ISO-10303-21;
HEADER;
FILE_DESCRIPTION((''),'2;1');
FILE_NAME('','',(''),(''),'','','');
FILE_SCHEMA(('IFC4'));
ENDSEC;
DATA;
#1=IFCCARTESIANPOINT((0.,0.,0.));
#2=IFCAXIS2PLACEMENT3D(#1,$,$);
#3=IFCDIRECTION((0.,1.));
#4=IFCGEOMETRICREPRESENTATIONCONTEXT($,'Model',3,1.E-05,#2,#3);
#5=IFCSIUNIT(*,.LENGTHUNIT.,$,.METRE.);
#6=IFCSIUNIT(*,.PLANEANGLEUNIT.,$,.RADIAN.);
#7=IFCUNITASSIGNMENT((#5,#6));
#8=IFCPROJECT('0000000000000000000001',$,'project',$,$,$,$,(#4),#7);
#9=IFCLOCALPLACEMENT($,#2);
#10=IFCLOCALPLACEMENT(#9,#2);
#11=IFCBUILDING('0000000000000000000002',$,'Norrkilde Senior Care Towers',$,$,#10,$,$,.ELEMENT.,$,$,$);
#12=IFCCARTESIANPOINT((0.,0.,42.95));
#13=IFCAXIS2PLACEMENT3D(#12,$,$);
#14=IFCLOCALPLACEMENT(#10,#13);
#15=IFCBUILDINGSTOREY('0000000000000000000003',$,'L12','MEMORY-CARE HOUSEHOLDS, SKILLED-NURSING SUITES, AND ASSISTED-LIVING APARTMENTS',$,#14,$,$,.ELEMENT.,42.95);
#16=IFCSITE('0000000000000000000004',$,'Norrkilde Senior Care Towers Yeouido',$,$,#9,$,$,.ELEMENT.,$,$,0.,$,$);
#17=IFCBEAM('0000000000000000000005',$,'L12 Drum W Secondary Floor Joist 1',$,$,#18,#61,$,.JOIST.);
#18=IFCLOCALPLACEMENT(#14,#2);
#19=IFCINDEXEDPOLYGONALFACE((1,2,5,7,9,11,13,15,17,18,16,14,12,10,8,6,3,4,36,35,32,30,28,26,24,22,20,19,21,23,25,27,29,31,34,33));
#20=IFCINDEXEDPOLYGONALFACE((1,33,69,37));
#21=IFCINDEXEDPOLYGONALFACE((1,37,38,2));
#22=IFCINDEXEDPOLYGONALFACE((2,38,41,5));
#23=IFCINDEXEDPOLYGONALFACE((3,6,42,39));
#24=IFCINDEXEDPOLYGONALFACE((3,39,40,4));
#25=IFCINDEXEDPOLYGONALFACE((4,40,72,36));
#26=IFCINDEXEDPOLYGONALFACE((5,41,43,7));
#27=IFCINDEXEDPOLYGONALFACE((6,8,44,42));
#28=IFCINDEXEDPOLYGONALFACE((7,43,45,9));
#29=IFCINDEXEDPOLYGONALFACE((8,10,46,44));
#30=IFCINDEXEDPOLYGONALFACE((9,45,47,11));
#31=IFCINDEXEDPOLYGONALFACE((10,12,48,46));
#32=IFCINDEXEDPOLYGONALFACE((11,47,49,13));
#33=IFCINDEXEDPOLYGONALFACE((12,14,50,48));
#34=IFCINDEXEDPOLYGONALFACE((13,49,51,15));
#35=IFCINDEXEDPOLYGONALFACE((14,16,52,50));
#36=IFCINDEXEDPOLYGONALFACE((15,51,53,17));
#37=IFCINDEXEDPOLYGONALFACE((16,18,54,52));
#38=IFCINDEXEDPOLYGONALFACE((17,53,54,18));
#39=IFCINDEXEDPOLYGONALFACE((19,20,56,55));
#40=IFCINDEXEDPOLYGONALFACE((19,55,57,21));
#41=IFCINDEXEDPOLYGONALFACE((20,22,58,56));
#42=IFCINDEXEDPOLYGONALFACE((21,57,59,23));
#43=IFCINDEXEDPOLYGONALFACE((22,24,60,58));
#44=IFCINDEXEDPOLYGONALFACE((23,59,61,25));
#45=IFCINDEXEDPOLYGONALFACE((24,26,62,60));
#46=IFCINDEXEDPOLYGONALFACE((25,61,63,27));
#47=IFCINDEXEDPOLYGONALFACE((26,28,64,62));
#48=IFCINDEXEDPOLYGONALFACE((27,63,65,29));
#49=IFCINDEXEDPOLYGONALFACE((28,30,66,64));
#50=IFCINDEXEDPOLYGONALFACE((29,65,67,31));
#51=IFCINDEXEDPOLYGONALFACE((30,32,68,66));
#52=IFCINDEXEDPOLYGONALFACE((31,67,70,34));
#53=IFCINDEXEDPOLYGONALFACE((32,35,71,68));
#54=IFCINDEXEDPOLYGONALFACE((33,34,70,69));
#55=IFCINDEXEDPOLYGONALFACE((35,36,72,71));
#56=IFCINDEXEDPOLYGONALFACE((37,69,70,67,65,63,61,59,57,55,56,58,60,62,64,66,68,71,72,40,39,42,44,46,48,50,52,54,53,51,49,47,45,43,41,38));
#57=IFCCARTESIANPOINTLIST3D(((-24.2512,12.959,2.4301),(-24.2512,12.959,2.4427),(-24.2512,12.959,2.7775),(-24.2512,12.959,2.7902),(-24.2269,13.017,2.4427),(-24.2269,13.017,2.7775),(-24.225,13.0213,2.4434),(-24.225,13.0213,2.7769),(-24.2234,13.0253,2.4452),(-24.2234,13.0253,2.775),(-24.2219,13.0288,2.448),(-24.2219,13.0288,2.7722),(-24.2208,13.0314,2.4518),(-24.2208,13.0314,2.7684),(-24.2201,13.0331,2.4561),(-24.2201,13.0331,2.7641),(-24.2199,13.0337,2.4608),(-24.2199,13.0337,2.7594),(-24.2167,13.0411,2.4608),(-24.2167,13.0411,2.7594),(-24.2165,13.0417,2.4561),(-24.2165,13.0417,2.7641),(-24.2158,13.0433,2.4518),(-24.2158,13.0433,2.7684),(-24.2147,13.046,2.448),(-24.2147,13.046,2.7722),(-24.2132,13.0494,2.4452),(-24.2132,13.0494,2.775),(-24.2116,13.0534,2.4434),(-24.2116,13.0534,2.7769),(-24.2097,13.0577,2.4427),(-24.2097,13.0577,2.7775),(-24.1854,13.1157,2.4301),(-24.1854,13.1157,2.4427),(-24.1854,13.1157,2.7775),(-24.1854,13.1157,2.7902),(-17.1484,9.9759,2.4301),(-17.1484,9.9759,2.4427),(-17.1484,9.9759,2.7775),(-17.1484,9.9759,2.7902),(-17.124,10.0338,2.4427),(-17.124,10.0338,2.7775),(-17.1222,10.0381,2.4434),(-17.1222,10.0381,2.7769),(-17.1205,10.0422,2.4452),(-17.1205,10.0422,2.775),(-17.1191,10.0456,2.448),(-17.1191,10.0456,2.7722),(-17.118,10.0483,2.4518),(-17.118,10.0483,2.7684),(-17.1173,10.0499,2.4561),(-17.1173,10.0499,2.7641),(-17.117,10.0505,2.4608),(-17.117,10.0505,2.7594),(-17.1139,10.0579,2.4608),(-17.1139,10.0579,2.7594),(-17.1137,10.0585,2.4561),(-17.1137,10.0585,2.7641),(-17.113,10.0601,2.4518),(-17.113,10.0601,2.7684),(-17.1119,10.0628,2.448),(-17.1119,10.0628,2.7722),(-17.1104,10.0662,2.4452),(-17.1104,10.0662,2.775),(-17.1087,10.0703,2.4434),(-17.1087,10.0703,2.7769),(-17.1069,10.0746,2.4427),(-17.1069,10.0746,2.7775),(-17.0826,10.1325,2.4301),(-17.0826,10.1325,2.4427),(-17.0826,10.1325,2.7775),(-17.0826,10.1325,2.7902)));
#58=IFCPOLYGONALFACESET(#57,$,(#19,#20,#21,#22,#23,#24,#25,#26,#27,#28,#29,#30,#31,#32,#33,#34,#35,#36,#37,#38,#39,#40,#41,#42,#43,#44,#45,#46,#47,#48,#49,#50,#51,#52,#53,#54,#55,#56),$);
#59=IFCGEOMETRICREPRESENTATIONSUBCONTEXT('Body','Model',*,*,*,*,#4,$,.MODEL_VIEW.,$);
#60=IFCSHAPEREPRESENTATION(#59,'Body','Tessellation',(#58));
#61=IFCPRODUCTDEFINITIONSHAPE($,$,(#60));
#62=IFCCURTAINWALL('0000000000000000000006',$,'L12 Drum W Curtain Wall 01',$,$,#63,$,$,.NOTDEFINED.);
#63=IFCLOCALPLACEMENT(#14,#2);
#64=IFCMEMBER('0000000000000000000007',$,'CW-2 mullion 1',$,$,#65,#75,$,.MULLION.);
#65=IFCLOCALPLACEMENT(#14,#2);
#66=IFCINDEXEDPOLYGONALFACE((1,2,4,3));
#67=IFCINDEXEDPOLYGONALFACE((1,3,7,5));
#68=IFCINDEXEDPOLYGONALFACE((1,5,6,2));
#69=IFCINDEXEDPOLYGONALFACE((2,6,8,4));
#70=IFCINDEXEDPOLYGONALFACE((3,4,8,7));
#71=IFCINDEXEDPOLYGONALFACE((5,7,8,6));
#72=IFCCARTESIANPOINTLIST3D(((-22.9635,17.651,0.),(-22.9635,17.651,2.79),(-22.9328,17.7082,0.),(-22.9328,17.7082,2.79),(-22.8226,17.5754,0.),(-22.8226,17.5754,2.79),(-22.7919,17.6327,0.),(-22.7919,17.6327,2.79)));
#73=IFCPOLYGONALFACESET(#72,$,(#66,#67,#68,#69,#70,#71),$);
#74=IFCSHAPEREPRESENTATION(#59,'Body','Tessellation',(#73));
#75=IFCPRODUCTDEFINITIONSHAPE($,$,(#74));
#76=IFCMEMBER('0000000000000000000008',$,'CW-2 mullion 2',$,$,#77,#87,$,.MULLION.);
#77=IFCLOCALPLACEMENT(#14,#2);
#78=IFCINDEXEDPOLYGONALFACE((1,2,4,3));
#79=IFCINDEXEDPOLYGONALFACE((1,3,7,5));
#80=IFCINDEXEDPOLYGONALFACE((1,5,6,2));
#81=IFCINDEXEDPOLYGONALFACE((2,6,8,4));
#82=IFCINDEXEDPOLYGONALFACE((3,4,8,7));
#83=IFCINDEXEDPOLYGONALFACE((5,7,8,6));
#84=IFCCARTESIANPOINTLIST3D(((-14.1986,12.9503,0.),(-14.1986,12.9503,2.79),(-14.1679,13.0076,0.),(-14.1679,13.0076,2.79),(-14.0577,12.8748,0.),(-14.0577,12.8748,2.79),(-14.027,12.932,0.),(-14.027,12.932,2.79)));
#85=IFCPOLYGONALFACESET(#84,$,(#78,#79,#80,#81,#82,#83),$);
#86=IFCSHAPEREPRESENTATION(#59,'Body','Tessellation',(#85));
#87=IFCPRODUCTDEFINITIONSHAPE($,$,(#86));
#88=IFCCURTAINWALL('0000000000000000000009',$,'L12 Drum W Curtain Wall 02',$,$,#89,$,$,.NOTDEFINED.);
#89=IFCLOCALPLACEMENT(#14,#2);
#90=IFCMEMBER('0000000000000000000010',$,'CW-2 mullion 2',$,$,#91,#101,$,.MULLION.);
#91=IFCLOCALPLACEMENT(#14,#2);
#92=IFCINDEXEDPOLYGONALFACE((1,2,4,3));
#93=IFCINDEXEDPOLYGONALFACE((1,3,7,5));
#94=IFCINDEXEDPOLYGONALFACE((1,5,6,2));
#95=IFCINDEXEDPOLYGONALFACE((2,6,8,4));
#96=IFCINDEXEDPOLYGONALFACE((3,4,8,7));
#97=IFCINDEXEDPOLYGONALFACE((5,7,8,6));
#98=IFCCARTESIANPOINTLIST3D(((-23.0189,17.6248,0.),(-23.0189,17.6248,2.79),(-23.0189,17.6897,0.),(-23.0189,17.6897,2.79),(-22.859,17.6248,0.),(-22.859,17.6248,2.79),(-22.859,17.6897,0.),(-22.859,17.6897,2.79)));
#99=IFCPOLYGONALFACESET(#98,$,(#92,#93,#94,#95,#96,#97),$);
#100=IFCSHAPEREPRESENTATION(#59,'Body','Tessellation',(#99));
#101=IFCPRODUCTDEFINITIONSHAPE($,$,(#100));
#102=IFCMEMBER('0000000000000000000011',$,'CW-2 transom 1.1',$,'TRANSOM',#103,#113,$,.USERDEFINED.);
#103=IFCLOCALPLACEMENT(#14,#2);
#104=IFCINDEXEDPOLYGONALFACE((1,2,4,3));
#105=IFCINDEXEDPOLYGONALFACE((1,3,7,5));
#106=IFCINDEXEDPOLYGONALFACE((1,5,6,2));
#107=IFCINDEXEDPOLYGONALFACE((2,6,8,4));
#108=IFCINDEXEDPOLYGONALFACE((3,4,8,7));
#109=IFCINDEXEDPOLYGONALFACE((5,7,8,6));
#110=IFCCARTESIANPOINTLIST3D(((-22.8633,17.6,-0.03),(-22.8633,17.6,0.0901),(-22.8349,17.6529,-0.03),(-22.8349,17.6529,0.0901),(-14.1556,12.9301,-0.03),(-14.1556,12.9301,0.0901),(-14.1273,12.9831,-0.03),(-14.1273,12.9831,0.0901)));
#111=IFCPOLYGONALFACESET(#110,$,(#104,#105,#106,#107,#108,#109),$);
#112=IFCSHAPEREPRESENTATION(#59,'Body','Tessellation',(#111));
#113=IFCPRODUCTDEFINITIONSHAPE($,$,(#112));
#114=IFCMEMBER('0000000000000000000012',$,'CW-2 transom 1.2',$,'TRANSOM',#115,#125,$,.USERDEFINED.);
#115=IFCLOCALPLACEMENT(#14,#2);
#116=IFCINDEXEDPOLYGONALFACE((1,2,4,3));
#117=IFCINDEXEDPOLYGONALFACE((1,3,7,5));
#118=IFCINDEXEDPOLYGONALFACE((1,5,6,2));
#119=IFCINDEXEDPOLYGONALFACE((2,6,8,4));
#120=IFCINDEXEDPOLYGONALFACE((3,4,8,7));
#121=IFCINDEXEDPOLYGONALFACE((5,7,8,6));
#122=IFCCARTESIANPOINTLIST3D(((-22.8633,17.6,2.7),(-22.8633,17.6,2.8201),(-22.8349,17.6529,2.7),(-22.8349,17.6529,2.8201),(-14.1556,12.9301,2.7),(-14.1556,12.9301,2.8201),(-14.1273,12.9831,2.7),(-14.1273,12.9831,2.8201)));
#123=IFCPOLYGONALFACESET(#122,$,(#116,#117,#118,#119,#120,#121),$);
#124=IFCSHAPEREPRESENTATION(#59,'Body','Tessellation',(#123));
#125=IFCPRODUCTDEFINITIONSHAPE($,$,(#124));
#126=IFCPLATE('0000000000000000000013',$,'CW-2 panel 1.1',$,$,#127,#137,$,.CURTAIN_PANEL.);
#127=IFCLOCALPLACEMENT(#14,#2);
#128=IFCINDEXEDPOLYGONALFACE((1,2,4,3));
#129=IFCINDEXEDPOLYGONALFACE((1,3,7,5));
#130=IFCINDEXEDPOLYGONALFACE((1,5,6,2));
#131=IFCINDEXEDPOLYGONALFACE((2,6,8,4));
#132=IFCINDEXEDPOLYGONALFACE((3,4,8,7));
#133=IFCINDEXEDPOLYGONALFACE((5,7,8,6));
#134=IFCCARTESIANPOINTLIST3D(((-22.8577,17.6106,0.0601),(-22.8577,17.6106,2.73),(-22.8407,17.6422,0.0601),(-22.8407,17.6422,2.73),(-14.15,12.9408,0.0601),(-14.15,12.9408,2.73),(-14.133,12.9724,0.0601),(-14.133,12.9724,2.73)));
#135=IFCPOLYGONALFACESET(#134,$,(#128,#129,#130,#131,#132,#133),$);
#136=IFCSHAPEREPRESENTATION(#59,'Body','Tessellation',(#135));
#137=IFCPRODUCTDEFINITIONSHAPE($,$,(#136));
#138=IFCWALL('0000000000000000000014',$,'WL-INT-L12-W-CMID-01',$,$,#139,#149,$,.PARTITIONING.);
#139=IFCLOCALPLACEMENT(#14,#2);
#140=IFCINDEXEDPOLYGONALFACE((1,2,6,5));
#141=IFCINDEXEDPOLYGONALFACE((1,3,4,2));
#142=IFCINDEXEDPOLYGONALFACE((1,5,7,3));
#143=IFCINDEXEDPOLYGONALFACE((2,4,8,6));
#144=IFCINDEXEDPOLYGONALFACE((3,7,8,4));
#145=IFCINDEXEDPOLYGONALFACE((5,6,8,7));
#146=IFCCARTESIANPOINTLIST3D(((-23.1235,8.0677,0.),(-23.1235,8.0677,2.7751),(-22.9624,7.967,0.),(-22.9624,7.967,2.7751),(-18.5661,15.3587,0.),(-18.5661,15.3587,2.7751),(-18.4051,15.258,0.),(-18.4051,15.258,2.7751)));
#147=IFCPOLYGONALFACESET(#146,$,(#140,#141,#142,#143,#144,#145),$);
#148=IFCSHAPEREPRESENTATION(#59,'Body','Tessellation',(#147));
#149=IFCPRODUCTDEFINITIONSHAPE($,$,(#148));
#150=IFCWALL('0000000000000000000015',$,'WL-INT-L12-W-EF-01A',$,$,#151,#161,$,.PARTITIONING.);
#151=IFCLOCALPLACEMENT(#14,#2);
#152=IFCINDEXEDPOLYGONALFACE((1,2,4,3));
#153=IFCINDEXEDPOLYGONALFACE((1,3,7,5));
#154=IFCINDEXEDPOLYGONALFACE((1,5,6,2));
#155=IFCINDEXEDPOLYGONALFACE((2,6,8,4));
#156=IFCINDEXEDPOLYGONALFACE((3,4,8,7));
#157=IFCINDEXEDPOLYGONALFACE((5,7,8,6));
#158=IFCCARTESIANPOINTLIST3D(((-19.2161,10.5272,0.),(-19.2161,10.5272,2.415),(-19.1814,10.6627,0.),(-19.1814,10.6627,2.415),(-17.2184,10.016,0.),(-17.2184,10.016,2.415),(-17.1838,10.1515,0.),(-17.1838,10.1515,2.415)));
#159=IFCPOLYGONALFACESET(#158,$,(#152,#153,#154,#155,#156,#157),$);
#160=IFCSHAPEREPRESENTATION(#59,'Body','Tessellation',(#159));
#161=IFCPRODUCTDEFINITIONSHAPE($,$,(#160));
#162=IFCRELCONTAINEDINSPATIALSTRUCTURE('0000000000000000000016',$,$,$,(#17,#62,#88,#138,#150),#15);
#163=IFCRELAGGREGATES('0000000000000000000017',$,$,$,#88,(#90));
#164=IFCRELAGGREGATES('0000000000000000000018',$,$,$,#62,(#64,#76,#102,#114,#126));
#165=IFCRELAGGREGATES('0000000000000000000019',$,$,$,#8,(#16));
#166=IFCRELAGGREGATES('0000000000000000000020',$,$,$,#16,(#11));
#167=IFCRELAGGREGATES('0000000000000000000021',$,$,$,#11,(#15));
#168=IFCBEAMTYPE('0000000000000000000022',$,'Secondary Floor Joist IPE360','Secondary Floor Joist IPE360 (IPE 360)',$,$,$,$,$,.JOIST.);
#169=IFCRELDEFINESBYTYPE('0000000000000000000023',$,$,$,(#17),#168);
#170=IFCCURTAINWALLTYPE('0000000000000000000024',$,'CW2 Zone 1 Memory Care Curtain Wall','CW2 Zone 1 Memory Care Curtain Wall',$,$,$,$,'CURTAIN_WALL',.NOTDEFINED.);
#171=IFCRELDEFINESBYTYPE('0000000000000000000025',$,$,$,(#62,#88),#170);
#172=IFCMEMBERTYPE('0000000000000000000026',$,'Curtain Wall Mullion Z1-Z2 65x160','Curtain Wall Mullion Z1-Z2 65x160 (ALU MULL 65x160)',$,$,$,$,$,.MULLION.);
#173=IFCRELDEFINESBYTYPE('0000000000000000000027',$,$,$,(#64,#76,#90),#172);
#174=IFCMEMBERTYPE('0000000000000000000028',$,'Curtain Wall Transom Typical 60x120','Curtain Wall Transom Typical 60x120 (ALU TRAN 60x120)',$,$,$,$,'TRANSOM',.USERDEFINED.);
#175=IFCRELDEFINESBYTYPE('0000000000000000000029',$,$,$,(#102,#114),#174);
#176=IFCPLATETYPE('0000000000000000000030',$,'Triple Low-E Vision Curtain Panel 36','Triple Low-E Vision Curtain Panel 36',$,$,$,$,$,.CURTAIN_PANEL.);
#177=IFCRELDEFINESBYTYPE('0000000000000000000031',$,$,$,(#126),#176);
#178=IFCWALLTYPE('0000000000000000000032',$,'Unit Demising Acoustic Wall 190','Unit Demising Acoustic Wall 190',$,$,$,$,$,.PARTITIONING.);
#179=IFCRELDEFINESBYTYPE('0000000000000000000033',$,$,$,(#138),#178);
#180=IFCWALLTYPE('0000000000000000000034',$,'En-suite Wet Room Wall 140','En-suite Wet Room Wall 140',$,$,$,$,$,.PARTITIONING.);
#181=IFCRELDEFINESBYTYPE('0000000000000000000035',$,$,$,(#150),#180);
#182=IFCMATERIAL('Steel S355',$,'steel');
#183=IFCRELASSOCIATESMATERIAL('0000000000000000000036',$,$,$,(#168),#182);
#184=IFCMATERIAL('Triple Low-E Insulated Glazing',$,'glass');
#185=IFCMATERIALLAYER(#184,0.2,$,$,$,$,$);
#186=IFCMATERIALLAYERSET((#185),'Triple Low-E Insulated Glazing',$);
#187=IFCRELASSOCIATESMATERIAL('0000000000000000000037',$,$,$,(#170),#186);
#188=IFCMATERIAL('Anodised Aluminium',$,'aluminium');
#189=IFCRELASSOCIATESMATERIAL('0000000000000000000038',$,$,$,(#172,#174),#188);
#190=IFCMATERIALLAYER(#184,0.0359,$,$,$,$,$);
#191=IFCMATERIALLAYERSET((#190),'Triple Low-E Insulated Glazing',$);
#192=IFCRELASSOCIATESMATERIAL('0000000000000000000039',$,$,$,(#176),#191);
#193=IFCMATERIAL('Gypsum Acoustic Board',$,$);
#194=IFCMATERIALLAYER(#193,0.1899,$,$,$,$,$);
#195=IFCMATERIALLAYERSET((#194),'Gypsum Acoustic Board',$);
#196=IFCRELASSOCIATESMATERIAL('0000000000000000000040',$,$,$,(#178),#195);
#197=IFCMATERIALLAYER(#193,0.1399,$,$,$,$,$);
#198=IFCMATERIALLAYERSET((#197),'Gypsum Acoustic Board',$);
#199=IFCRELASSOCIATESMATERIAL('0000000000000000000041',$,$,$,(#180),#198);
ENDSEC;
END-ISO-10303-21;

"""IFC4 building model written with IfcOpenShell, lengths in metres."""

from ifc_helpers import new_model, si_unit, direction, frame, frame_2d, origin, origin_2d, place, context, subcontext, project, spatial, rectangle, i_section, extrude, source, transform, mapped, material, layer, layer_set, material_profile, profile_set, type_object, type_shapes, element, aggregate, save


model = new_model("IFC4")

# Units and contexts
model_context = context("Model", 3, precision=1e-05, world=origin(), true_north=direction((0.0, 1.0)))
body_context = subcontext(model_context, "Body", "Model", "MODEL_VIEW")
ifc_project = project(units=[si_unit("LENGTHUNIT", "METRE"), si_unit("PLANEANGLEUNIT", "RADIAN")], contexts=[model_context])

# Site, building, storey
site_placement = place(None, origin())
site = spatial("IfcSite", under=ifc_project, at=site_placement, Name="Norrkilde Senior Care Towers Yeouido", CompositionType="ELEMENT", RefElevation=0.0)
building_placement = place(site_placement, origin())
building = spatial("IfcBuilding", under=site, at=building_placement, Name="Norrkilde Senior Care Towers", CompositionType="ELEMENT")
storey_placement = place(building_placement, frame((0.0, 0.0, 42.95)))
storey = spatial("IfcBuildingStorey", under=building, at=storey_placement, Name="L12", Description="MEMORY-CARE HOUSEHOLDS, SKILLED-NURSING SUITES, AND ASSISTED-LIVING APARTMENTS", CompositionType="ELEMENT", Elevation=42.95)

# Beam
ifc_material_1 = material(Name="Steel S355", Category="steel")
ifc_material_profile_1 = material_profile(ifc_material_1, i_section(OverallWidth=0.1699, OverallDepth=0.3601, WebThickness=0.0081, FlangeThickness=0.0127, FilletRadius=0.0181, at=origin_2d()), Name="IPE 360")
ifc_profile_set_1 = profile_set([ifc_material_profile_1], Name="Steel S355")
beam_type_1 = type_object("IfcBeamType", Name="Secondary Floor Joist IPE360", Description="Secondary Floor Joist IPE360 (IPE 360)", PredefinedType="JOIST", material=ifc_profile_set_1)
shared_shape_1 = source(origin(), body_context, "Body", "SweptSolid", [
    extrude(i_section(OverallWidth=0.1699, OverallDepth=0.3601, WebThickness=0.0081, FlangeThickness=0.0127, FilletRadius=0.0181, at=origin_2d()), origin(), (0.0, 0.0, 1.0), 7.7039),
])
type_shapes(beam_type_1, [shared_shape_1])
beam_1_placement = place(storey_placement, frame((-17.1155, 10.0542, 2.6101), z_axis=(-0.921983, 0.387231, 0.0), x_axis=(-0.387231, -0.921983, 0.0)))
element("IfcBeam", 1, at=beam_1_placement, inside=storey, type_object=beam_type_1, Name="L12 Drum W Secondary Floor Joist 1", PredefinedType="JOIST", context=body_context, shape_type="MappedRepresentation", body=[
    mapped(shared_shape_1, transform((0.0, 0.0, 0.0), x_axis=(1.0, 0.0, 0.0), y_axis=(0.0, 1.0, 0.0), z_axis=(0.0, 0.0, 1.0), scale=1.0)),
])

# Curtain wall, members
ifc_material_2 = material(Name="Triple Low-E Insulated Glazing", Category="glass")
ifc_layer_1 = layer(ifc_material_2, 0.2)
ifc_layer_set_1 = layer_set([ifc_layer_1], Name="Triple Low-E Insulated Glazing")
curtain_wall_type = type_object("IfcCurtainWallType", Name="CW2 Zone 1 Memory Care Curtain Wall", Description="CW2 Zone 1 Memory Care Curtain Wall", ElementType="CURTAIN_WALL", PredefinedType="NOTDEFINED", material=ifc_layer_set_1)
curtain_wall_1_placement = place(storey_placement, origin())
curtain_wall_1 = element("IfcCurtainWall", 2, at=curtain_wall_1_placement, inside=storey, type_object=curtain_wall_type, Name="L12 Drum W Curtain Wall 01", PredefinedType="NOTDEFINED")
ifc_material_3 = material(Name="Anodised Aluminium", Category="aluminium")
ifc_material_profile_2 = material_profile(ifc_material_3, rectangle(XDim=0.0649, YDim=0.1599, at=origin_2d()), Name="ALU MULL 65x160")
ifc_profile_set_2 = profile_set([ifc_material_profile_2], Name="Anodised Aluminium")
member_type_1 = type_object("IfcMemberType", Name="Curtain Wall Mullion Z1-Z2 65x160", Description="Curtain Wall Mullion Z1-Z2 65x160 (ALU MULL 65x160)", PredefinedType="MULLION", material=ifc_profile_set_2)
shared_shape_2 = source(origin(), body_context, "Body", "SweptSolid", [
    extrude(rectangle(XDim=0.0649, YDim=0.1599, at=origin_2d()), origin(), (0.0, 0.0, 1.0), 2.79),
])
type_shapes(member_type_1, [shared_shape_2])
member_1_placement = place(storey_placement, frame((-22.8777, 17.6418, 0.0), z_axis=(0.0, 0.0, 1.0), x_axis=(0.472608, 0.881273, 0.0)))
member_1 = element("IfcMember", 3, at=member_1_placement, type_object=member_type_1, Name="CW-2 mullion 1", PredefinedType="MULLION", context=body_context, shape_type="MappedRepresentation", body=[
    mapped(shared_shape_2, transform((0.0, 0.0, 0.0), x_axis=(1.0, 0.0, 0.0), y_axis=(0.0, 1.0, 0.0), z_axis=(0.0, 0.0, 1.0), scale=1.0)),
])
member_2_placement = place(storey_placement, frame((-14.1128, 12.9412, 0.0), z_axis=(0.0, 0.0, 1.0), x_axis=(0.472608, 0.881273, 0.0)))
member_2 = element("IfcMember", 4, at=member_2_placement, type_object=member_type_1, Name="CW-2 mullion 2", PredefinedType="MULLION", context=body_context, shape_type="MappedRepresentation", body=[
    mapped(shared_shape_2, transform((0.0, 0.0, 0.0), x_axis=(1.0, 0.0, 0.0), y_axis=(0.0, 1.0, 0.0), z_axis=(0.0, 0.0, 1.0), scale=1.0)),
])

# Curtain wall, member
curtain_wall_2_placement = place(storey_placement, origin())
curtain_wall_2 = element("IfcCurtainWall", 5, at=curtain_wall_2_placement, inside=storey, type_object=curtain_wall_type, Name="L12 Drum W Curtain Wall 02", PredefinedType="NOTDEFINED")
member_3_placement = place(storey_placement, frame((-22.939, 17.6572, 0.0), z_axis=(0.0, 0.0, 1.0), x_axis=(0.0, 1.0, 0.0)))
member_3 = element("IfcMember", 6, at=member_3_placement, type_object=member_type_1, Name="CW-2 mullion 2", PredefinedType="MULLION", context=body_context, shape_type="MappedRepresentation", body=[
    mapped(shared_shape_2, transform((0.0, 0.0, 0.0), x_axis=(1.0, 0.0, 0.0), y_axis=(0.0, 1.0, 0.0), z_axis=(0.0, 0.0, 1.0), scale=1.0)),
])
aggregate(curtain_wall_2, [member_3])

# Members
ifc_material_profile_3 = material_profile(ifc_material_3, rectangle(XDim=0.0601, YDim=0.1201, at=origin_2d()), Name="ALU TRAN 60x120")
ifc_profile_set_3 = profile_set([ifc_material_profile_3], Name="Anodised Aluminium")
member_type_2 = type_object("IfcMemberType", Name="Curtain Wall Transom Typical 60x120", Description="Curtain Wall Transom Typical 60x120 (ALU TRAN 60x120)", ElementType="TRANSOM", PredefinedType="USERDEFINED", material=ifc_profile_set_3)
shared_shape_3 = source(origin(), body_context, "Body", "SweptSolid", [
    extrude(rectangle(XDim=0.0601, YDim=0.1201, at=origin_2d()), origin(), (0.0, 0.0, 1.0), 9.8809),
])
type_shapes(member_type_2, [shared_shape_3])
member_4_placement = place(storey_placement, frame((-22.8491, 17.6265, 0.03), z_axis=(0.881267, -0.472618, 0.0), x_axis=(0.472618, 0.881267, 0.0)))
member_4 = element("IfcMember", 7, at=member_4_placement, type_object=member_type_2, Name="CW-2 transom 1.1", ObjectType="TRANSOM", PredefinedType="USERDEFINED", context=body_context, shape_type="MappedRepresentation", body=[
    mapped(shared_shape_3, transform((0.0, 0.0, 0.0), x_axis=(1.0, 0.0, 0.0), y_axis=(0.0, 1.0, 0.0), z_axis=(0.0, 0.0, 1.0), scale=1.0)),
])
member_5_placement = place(storey_placement, frame((-22.8491, 17.6265, 2.76), z_axis=(0.881267, -0.472618, 0.0), x_axis=(0.472618, 0.881267, 0.0)))
member_5 = element("IfcMember", 8, at=member_5_placement, type_object=member_type_2, Name="CW-2 transom 1.2", ObjectType="TRANSOM", PredefinedType="USERDEFINED", context=body_context, shape_type="MappedRepresentation", body=[
    mapped(shared_shape_3, transform((0.0, 0.0, 0.0), x_axis=(1.0, 0.0, 0.0), y_axis=(0.0, 1.0, 0.0), z_axis=(0.0, 0.0, 1.0), scale=1.0)),
])

# Plate
ifc_layer_2 = layer(ifc_material_2, 0.0359)
ifc_layer_set_2 = layer_set([ifc_layer_2], Name="Triple Low-E Insulated Glazing")
plate_type = type_object("IfcPlateType", Name="Triple Low-E Vision Curtain Panel 36", Description="Triple Low-E Vision Curtain Panel 36", PredefinedType="CURTAIN_PANEL", material=ifc_layer_set_2)
shared_shape_4 = source(origin(), body_context, "Body", "SweptSolid", [
    extrude(rectangle(XDim=9.8809, YDim=0.0359, at=origin_2d()), origin(), (0.0, 0.0, 1.0), 2.6699),
])
type_shapes(plate_type, [shared_shape_4])
plate_placement = place(storey_placement, frame((-18.4954, 15.2915, 0.0601), z_axis=(0.0, 0.0, 1.0), x_axis=(0.881273, -0.472608, 0.0)))
plate = element("IfcPlate", 9, at=plate_placement, type_object=plate_type, Name="CW-2 panel 1.1", PredefinedType="CURTAIN_PANEL", context=body_context, shape_type="MappedRepresentation", body=[
    mapped(shared_shape_4, transform((0.0, 0.0, 0.0), x_axis=(1.0, 0.0, 0.0), y_axis=(0.0, 1.0, 0.0), z_axis=(0.0, 0.0, 1.0), scale=1.0)),
])
aggregate(curtain_wall_1, [member_1, member_2, member_4, member_5, plate])

# Walls
ifc_material_4 = material(Name="Gypsum Acoustic Board")
ifc_layer_3 = layer(ifc_material_4, 0.1899)
ifc_layer_set_3 = layer_set([ifc_layer_3], Name="Gypsum Acoustic Board")
wall_type_1 = type_object("IfcWallType", Name="Unit Demising Acoustic Wall 190", Description="Unit Demising Acoustic Wall 190", PredefinedType="PARTITIONING", material=ifc_layer_set_3)
shared_shape_5 = source(origin(), body_context, "Body", "SweptSolid", [
    extrude(rectangle(XDim=8.5981, YDim=0.1899, at=frame_2d((4.2991, 0.0))), origin(), (0.0, 0.0, 1.0), 2.7751),
])
type_shapes(wall_type_1, [shared_shape_5])
wall_1_placement = place(storey_placement, frame((-23.043, 8.0173, 0.0), z_axis=(0.0, 0.0, 1.0), x_axis=(0.53004, 0.847973, 0.0)))
element("IfcWall", 10, at=wall_1_placement, inside=storey, type_object=wall_type_1, Name="WL-INT-L12-W-CMID-01", PredefinedType="PARTITIONING", context=body_context, shape_type="MappedRepresentation", body=[
    mapped(shared_shape_5, transform((0.0, 0.0, 0.0), x_axis=(1.0, 0.0, 0.0), y_axis=(0.0, 1.0, 0.0), z_axis=(0.0, 0.0, 1.0), scale=1.0)),
])
ifc_layer_4 = layer(ifc_material_4, 0.1399)
ifc_layer_set_4 = layer_set([ifc_layer_4], Name="Gypsum Acoustic Board")
wall_type_2 = type_object("IfcWallType", Name="En-suite Wet Room Wall 140", Description="En-suite Wet Room Wall 140", PredefinedType="PARTITIONING", material=ifc_layer_set_4)
shared_shape_6 = source(origin(), body_context, "Body", "SweptSolid", [
    extrude(rectangle(XDim=2.062, YDim=0.1399, at=frame_2d((1.031, 0.0))), origin(), (0.0, 0.0, 1.0), 2.415),
])
type_shapes(wall_type_2, [shared_shape_6])
wall_2_placement = place(storey_placement, frame((-19.1987, 10.595, 0.0), z_axis=(0.0, 0.0, 1.0), x_axis=(0.968776, -0.247937, 0.0)))
element("IfcWall", 11, at=wall_2_placement, inside=storey, type_object=wall_type_2, Name="WL-INT-L12-W-EF-01A", PredefinedType="PARTITIONING", context=body_context, shape_type="MappedRepresentation", body=[
    mapped(shared_shape_6, transform((0.0, 0.0, 0.0), x_axis=(1.0, 0.0, 0.0), y_axis=(0.0, 1.0, 0.0), z_axis=(0.0, 0.0, 1.0), scale=1.0)),
])

save(model, "model.ifc")
